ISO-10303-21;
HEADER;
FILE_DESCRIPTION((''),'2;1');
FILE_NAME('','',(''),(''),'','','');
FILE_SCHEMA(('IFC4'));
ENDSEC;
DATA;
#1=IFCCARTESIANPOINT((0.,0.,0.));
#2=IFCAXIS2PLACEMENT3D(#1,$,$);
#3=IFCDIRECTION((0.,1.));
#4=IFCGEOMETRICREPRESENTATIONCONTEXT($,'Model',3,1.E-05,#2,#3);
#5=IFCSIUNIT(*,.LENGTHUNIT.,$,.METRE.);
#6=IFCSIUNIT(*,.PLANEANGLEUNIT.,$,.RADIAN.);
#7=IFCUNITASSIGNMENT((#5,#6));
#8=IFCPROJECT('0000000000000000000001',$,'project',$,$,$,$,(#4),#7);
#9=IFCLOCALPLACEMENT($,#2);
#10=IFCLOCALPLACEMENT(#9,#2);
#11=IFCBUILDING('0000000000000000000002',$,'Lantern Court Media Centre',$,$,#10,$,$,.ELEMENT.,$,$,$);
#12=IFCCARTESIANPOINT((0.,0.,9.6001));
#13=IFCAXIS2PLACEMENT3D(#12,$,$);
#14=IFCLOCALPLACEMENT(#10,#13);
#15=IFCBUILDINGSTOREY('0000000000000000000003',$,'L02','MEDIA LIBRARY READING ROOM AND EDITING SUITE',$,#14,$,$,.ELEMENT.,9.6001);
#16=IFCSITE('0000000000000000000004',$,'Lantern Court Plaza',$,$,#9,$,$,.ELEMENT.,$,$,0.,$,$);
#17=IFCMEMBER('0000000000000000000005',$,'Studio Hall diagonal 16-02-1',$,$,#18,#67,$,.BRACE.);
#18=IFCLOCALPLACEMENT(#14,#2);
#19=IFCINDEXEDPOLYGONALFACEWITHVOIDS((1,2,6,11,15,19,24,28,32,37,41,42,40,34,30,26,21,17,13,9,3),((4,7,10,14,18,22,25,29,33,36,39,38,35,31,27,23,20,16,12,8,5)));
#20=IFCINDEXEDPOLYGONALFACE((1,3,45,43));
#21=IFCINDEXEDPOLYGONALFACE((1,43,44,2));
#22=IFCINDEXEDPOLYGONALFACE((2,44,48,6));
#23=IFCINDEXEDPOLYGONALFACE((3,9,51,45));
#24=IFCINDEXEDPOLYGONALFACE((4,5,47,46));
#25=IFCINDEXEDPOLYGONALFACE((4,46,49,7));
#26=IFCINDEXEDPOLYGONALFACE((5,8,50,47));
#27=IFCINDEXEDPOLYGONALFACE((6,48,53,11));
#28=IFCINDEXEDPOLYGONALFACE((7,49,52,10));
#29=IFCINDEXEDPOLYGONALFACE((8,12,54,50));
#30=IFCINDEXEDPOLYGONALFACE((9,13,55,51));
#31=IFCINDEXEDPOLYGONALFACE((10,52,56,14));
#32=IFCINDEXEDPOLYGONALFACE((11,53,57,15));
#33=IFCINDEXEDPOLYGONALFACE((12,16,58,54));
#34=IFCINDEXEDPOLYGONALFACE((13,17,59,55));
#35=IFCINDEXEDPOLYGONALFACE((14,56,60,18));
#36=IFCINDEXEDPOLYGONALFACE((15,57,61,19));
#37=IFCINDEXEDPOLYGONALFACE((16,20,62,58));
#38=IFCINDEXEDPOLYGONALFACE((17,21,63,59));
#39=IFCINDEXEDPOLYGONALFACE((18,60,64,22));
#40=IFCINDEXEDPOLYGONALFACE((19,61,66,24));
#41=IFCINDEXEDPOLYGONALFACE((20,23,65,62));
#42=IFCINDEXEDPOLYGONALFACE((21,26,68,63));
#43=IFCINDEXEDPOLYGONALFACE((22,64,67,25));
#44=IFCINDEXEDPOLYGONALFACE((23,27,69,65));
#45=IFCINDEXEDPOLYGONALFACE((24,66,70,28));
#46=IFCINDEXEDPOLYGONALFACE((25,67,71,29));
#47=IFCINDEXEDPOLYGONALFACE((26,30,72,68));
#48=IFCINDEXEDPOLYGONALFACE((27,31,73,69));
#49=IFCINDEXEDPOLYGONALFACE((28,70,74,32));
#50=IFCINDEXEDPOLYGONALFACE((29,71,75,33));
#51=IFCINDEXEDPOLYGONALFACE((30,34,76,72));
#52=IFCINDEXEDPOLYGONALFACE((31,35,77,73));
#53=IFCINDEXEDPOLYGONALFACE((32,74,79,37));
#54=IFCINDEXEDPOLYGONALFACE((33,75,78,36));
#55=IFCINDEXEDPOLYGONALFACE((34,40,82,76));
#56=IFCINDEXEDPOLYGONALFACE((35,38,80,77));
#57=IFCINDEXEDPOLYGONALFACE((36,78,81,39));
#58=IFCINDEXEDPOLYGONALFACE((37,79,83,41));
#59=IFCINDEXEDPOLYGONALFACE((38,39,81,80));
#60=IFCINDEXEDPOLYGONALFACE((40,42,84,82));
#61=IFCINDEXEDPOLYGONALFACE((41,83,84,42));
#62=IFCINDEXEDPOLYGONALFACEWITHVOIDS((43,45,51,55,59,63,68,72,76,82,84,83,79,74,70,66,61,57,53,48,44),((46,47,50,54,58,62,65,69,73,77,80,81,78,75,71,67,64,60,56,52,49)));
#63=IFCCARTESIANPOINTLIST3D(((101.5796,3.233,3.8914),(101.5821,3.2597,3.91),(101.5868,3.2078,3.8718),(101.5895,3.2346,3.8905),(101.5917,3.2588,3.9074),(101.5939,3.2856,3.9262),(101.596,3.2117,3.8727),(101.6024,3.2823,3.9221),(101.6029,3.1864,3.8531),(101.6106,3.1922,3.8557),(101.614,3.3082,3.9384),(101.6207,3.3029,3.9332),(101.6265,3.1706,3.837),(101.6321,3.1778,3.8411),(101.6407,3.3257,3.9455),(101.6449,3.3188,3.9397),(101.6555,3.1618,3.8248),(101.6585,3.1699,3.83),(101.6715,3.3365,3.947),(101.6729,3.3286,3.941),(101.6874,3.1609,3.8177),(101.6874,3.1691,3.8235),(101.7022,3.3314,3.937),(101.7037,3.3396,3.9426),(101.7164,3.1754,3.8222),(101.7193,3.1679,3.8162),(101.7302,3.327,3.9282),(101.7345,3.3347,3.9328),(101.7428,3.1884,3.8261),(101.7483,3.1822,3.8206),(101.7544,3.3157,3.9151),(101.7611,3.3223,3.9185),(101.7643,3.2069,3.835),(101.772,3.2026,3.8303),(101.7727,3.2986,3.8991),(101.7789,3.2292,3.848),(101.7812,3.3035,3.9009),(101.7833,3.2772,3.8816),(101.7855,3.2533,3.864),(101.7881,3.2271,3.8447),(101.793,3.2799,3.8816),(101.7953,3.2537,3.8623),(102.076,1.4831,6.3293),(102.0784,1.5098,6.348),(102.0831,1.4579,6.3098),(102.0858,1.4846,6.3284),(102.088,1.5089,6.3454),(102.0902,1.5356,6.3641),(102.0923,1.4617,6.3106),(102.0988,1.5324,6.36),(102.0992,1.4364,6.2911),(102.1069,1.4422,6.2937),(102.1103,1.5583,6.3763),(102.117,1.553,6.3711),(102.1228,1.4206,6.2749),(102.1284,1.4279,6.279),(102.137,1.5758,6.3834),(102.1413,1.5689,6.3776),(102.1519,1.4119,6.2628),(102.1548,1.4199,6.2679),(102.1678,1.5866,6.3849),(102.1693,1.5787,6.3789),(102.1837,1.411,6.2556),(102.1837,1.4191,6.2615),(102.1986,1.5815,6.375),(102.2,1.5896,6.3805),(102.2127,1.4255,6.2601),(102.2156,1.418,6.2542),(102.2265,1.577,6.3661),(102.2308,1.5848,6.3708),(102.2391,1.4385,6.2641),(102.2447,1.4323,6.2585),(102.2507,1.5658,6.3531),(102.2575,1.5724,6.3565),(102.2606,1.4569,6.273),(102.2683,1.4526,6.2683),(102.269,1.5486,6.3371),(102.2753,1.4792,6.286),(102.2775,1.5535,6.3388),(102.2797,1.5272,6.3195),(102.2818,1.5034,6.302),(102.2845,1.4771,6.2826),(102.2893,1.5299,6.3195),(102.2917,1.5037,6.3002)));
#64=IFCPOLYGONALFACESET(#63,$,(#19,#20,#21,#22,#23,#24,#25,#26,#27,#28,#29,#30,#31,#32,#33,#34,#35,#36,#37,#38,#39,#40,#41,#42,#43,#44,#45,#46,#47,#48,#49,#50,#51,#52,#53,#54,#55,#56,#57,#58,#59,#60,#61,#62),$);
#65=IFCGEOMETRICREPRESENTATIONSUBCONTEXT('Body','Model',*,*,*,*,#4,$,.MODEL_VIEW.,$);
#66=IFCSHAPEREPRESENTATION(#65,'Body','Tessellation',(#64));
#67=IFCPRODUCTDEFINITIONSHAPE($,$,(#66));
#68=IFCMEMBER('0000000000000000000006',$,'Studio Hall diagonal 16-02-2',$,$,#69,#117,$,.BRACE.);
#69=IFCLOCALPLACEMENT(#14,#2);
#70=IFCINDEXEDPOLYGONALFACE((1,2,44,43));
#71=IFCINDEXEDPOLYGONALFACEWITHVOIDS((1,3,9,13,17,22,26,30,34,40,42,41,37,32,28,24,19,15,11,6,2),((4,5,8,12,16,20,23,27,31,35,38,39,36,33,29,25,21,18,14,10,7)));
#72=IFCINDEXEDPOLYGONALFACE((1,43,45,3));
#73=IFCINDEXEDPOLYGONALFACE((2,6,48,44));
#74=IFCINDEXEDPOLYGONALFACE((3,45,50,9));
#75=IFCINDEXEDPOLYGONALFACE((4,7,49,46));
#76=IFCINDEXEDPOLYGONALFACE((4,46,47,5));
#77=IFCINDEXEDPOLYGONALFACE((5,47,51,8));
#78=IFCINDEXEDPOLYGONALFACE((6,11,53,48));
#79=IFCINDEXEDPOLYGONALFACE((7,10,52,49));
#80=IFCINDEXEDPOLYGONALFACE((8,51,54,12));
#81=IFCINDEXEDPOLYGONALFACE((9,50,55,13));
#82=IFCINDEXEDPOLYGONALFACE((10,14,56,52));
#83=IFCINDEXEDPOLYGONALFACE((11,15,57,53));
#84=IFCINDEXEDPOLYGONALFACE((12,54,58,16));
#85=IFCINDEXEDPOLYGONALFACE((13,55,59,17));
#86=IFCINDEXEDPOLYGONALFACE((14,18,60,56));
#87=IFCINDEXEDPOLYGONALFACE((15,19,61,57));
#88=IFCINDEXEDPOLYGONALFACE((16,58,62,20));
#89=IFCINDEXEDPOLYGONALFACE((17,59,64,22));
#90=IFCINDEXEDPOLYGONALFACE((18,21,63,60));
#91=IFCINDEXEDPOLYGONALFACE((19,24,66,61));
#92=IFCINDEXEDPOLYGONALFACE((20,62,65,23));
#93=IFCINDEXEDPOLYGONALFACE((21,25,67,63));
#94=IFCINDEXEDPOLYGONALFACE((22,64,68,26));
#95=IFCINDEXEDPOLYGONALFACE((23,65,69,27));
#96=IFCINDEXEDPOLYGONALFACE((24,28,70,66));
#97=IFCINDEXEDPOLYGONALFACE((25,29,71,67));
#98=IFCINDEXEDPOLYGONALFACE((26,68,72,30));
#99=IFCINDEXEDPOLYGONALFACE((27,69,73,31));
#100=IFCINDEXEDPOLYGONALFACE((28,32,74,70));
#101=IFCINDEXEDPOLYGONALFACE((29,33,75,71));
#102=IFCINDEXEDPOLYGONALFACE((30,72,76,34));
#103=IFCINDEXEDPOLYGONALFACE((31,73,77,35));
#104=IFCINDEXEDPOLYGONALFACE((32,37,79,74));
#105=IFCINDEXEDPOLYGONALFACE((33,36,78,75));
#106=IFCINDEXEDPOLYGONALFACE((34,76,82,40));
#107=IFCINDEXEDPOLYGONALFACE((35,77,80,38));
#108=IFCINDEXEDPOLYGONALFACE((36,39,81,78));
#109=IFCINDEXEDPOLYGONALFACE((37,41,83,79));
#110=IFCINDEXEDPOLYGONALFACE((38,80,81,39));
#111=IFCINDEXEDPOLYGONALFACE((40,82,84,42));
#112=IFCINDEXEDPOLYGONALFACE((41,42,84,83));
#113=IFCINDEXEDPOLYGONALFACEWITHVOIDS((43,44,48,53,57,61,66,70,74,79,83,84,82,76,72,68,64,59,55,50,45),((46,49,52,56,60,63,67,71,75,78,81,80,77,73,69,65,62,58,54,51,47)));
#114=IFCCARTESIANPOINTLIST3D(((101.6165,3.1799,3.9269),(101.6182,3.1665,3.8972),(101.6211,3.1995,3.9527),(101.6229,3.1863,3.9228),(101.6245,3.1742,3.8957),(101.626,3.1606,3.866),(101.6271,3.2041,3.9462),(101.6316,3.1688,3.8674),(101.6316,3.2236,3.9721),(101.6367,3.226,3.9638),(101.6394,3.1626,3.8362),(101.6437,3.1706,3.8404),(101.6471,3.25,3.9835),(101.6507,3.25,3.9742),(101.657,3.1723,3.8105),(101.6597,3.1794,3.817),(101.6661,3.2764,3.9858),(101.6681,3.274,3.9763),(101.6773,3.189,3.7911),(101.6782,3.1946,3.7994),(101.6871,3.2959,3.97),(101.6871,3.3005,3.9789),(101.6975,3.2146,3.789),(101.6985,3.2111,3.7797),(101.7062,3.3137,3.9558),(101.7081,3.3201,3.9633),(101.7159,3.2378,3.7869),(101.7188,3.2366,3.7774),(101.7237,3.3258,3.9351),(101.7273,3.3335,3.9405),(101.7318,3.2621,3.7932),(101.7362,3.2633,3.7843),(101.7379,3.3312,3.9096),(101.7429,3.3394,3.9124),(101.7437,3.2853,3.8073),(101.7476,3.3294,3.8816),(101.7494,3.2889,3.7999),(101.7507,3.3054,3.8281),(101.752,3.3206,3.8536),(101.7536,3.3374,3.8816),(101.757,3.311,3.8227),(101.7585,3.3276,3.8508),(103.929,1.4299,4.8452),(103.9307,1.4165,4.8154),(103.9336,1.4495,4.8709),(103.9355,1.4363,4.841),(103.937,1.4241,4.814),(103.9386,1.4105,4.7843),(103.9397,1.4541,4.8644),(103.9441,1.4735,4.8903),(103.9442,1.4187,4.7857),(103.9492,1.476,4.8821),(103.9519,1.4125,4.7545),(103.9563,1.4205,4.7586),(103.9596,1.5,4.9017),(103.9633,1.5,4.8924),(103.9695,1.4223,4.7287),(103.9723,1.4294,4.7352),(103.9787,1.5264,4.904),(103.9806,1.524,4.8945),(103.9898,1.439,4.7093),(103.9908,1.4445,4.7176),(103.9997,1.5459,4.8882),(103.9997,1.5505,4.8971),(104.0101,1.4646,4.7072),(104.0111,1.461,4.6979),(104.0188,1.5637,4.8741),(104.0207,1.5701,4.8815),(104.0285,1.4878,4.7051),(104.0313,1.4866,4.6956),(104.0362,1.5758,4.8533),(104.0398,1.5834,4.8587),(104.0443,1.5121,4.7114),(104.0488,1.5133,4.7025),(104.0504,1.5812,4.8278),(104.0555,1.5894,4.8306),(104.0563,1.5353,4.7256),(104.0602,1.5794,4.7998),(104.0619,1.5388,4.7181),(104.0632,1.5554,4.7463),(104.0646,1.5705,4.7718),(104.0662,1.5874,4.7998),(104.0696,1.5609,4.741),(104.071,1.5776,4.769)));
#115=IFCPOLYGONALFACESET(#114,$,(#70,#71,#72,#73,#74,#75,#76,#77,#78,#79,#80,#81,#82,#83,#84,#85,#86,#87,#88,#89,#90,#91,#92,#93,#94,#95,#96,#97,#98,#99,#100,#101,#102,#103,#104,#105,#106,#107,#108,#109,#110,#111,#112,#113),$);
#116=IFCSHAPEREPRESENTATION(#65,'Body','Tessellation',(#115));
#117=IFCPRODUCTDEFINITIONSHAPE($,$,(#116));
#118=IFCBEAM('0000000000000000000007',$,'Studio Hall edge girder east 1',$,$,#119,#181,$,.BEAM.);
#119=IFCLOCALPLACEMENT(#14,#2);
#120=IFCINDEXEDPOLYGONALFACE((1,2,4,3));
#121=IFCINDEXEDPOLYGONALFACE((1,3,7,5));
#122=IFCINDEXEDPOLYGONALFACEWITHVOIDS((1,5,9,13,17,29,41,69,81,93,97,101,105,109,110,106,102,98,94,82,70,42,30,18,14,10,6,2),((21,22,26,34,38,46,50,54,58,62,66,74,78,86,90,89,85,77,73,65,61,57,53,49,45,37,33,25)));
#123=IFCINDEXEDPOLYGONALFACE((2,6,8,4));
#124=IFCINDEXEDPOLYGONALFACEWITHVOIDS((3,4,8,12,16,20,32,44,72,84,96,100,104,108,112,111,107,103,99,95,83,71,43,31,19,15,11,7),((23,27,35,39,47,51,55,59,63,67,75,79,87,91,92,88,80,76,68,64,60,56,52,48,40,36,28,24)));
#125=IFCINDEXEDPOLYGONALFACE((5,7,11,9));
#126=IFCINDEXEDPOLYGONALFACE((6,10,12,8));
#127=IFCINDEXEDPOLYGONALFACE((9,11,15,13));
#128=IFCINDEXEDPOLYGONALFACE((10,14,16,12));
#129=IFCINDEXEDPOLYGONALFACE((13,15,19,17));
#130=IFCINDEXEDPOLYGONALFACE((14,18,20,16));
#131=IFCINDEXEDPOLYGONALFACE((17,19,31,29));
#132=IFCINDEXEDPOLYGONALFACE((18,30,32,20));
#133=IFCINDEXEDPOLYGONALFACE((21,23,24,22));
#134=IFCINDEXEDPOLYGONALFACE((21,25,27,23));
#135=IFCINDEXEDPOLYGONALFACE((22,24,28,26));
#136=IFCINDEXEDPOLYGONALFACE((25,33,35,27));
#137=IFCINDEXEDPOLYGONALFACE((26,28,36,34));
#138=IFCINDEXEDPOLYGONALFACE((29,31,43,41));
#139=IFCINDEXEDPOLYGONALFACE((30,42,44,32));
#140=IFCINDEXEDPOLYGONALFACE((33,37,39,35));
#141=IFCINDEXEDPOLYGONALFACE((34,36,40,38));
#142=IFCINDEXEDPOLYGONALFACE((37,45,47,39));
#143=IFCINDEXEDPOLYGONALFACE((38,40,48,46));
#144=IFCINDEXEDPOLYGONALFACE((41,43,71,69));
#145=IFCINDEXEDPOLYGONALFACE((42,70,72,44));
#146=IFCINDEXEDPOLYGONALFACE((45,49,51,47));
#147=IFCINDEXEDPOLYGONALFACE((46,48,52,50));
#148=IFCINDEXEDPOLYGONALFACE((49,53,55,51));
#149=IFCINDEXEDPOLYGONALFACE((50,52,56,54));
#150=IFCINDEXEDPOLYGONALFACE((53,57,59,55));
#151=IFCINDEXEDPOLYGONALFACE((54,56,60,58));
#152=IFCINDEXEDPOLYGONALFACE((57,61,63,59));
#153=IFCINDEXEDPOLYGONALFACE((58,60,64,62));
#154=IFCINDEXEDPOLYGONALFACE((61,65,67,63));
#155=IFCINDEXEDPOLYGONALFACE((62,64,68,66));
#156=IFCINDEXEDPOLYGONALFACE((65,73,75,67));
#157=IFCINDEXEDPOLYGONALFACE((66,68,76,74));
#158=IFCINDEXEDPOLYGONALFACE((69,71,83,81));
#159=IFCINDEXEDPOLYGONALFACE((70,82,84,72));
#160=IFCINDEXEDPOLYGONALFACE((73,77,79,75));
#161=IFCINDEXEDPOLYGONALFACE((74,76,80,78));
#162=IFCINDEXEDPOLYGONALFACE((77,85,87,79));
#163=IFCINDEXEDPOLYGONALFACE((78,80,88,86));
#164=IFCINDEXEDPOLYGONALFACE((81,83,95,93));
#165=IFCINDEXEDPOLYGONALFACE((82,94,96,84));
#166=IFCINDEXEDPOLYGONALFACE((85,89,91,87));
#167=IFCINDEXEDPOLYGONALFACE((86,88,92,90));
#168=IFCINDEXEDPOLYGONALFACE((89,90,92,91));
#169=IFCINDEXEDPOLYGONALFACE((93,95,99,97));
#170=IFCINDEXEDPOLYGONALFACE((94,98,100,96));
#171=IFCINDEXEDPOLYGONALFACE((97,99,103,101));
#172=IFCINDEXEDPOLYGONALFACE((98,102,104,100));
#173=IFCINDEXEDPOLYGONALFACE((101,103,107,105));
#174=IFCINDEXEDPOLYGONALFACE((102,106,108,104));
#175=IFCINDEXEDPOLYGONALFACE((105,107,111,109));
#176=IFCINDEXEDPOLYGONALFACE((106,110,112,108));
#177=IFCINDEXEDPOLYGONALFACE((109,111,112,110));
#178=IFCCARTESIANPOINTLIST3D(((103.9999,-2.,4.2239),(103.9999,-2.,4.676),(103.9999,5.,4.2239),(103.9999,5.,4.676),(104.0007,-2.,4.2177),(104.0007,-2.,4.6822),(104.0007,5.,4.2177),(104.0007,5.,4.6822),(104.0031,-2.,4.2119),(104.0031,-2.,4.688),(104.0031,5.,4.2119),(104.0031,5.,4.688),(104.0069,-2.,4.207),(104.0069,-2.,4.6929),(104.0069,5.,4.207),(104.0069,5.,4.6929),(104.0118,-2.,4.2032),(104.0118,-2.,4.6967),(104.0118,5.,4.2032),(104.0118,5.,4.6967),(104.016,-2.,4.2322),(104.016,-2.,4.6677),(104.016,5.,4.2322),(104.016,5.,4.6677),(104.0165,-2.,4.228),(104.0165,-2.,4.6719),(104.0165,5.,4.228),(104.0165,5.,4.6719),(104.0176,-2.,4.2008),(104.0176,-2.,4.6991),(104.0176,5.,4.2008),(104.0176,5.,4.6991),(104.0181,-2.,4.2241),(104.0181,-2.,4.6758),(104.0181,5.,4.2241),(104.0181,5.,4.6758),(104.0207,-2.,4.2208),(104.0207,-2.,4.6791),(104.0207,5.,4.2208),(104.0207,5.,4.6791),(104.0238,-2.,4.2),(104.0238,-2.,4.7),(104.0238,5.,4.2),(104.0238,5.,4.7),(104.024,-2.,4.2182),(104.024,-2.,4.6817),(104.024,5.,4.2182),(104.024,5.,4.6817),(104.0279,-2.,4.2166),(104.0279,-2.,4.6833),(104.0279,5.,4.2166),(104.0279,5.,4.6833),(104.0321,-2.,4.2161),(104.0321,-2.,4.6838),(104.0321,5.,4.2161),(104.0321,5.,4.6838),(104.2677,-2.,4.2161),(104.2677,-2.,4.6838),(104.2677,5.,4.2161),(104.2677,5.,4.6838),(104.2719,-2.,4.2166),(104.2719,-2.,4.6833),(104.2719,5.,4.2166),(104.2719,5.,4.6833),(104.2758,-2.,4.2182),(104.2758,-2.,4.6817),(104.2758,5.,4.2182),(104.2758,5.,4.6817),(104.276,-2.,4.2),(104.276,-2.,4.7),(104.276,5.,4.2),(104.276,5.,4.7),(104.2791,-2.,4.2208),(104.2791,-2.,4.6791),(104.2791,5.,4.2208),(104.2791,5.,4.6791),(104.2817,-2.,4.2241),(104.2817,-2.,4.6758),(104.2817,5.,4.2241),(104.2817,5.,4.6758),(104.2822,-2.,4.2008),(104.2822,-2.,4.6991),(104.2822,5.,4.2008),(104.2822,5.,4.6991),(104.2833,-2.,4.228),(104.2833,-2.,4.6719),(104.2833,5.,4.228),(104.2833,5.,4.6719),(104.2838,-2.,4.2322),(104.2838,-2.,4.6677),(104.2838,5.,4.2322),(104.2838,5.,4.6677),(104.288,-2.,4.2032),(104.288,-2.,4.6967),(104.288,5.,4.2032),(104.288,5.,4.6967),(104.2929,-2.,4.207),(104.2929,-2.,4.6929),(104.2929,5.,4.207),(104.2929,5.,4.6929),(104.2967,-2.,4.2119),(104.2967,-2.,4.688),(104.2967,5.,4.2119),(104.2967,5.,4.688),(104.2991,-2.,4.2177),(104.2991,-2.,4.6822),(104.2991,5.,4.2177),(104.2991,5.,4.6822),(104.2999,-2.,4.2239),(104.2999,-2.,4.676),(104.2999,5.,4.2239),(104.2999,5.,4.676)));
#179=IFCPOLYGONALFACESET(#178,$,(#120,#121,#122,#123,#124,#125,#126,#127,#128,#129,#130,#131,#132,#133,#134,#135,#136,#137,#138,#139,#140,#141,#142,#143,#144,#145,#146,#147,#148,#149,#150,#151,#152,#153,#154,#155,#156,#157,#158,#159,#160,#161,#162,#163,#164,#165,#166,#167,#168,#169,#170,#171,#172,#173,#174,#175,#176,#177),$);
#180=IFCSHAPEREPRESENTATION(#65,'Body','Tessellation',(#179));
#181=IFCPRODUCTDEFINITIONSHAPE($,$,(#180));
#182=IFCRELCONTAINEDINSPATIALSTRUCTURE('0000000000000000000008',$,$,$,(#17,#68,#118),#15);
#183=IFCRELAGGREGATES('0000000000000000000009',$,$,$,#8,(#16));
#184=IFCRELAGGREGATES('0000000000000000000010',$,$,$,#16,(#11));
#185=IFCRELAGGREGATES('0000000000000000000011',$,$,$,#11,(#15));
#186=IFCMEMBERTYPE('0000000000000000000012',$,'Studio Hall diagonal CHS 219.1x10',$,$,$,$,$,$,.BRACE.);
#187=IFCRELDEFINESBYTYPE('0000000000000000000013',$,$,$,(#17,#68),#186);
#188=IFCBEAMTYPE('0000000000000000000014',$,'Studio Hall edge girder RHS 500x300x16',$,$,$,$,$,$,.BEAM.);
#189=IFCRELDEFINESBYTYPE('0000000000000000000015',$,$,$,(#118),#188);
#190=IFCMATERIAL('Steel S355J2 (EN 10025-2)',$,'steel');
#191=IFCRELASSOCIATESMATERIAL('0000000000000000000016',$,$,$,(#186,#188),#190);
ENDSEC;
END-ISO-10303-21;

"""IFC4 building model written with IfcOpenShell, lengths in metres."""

from ifc_helpers import new_model, si_unit, direction, frame, origin, origin_2d, place, context, subcontext, project, spatial, hollow_rectangle, hollow_circle, extrude, material, material_profile, profile_set, type_object, element, save


model = new_model("IFC4")

# Units and contexts
model_context = context("Model", 3, precision=1e-05, world=origin(), true_north=direction((0.0, 1.0)))
body_context = subcontext(model_context, "Body", "Model", "MODEL_VIEW")
ifc_project = project(units=[si_unit("LENGTHUNIT", "METRE"), si_unit("PLANEANGLEUNIT", "RADIAN")], contexts=[model_context])

# Site, building, storey
site_placement = place(None, origin())
site = spatial("IfcSite", under=ifc_project, at=site_placement, Name="Lantern Court Plaza", CompositionType="ELEMENT", RefElevation=0.0)
building_placement = place(site_placement, origin())
building = spatial("IfcBuilding", under=site, at=building_placement, Name="Lantern Court Media Centre", CompositionType="ELEMENT")
storey_placement = place(building_placement, frame((0.0, 0.0, 9.6001)))
storey = spatial("IfcBuildingStorey", under=building, at=storey_placement, Name="L02", Description="MEDIA LIBRARY READING ROOM AND EDITING SUITE", CompositionType="ELEMENT", Elevation=9.6001)

# Shared definitions
ifc_material_1 = material(Name="Steel S355J2 (EN 10025-2)", Category="steel")

# Members
ifc_material_profile_1 = material_profile(ifc_material_1, hollow_circle(Radius=0.1096, WallThickness=0.01, at=origin_2d()), Name="Studio Hall diagonal CHS 219.1x10")
ifc_profile_set_1 = profile_set([ifc_material_profile_1], Name="Steel S355J2 (EN 10025-2)")
member_type_1 = type_object("IfcMemberType", Name="Studio Hall diagonal CHS 219.1x10", PredefinedType="BRACE", material=ifc_profile_set_1)
for number, where, z_axis, x_axis, name in (
    (1, (101.6875, 3.25, 3.8816), (0.163172, -0.575314, 0.801491), (0.962054, 0.272859, 0.0), "Studio Hall diagonal 16-02-1"),
):
    element("IfcMember", number, at=place(storey_placement, frame(where, z_axis=z_axis, x_axis=x_axis)), inside=storey, type_object=member_type_1, Name=name, PredefinedType="BRACE", context=body_context, shape_type="SweptSolid", body=[
        extrude(hollow_circle(Radius=0.1096, WallThickness=0.01, at=origin_2d()), origin(), (0.0, 0.0, 1.0), 3.0417),
    ])
member_1_placement = place(storey_placement, frame((101.6875, 3.25, 3.8816), z_axis=(0.760211, -0.575295, 0.301853), x_axis=(0.603443, 0.797406, 0.0)))
element("IfcMember", 2, at=member_1_placement, inside=storey, type_object=member_type_1, Name="Studio Hall diagonal 16-02-2", PredefinedType="BRACE", context=body_context, shape_type="SweptSolid", body=[
    extrude(hollow_circle(Radius=0.1096, WallThickness=0.01, at=origin_2d()), origin(), (0.0, 0.0, 1.0), 3.042),
])

# Beam
ifc_material_profile_2 = material_profile(ifc_material_1, hollow_rectangle(XDim=0.3, YDim=0.5, WallThickness=0.0161, InnerFilletRadius=0.0161, OuterFilletRadius=0.0239, at=origin_2d()), Name="Studio Hall edge girder RHS 500x300x16")
ifc_profile_set_2 = profile_set([ifc_material_profile_2], Name="Steel S355J2 (EN 10025-2)")
beam_type_1 = type_object("IfcBeamType", Name="Studio Hall edge girder RHS 500x300x16", PredefinedType="BEAM", material=ifc_profile_set_2)
beam_1_placement = place(storey_placement, frame((104.1499, -2.0, 4.45), z_axis=(0.0, 1.0, 0.0), x_axis=(-1.0, 0.0, 0.0)))
element("IfcBeam", 3, at=beam_1_placement, inside=storey, type_object=beam_type_1, Name="Studio Hall edge girder east 1", PredefinedType="BEAM", context=body_context, shape_type="SweptSolid", body=[
    extrude(hollow_rectangle(XDim=0.3, YDim=0.5, WallThickness=0.0161, InnerFilletRadius=0.0161, OuterFilletRadius=0.0239, at=origin_2d()), origin(), (0.0, 0.0, 1.0), 7.0),
])

save(model, "model.ifc")
